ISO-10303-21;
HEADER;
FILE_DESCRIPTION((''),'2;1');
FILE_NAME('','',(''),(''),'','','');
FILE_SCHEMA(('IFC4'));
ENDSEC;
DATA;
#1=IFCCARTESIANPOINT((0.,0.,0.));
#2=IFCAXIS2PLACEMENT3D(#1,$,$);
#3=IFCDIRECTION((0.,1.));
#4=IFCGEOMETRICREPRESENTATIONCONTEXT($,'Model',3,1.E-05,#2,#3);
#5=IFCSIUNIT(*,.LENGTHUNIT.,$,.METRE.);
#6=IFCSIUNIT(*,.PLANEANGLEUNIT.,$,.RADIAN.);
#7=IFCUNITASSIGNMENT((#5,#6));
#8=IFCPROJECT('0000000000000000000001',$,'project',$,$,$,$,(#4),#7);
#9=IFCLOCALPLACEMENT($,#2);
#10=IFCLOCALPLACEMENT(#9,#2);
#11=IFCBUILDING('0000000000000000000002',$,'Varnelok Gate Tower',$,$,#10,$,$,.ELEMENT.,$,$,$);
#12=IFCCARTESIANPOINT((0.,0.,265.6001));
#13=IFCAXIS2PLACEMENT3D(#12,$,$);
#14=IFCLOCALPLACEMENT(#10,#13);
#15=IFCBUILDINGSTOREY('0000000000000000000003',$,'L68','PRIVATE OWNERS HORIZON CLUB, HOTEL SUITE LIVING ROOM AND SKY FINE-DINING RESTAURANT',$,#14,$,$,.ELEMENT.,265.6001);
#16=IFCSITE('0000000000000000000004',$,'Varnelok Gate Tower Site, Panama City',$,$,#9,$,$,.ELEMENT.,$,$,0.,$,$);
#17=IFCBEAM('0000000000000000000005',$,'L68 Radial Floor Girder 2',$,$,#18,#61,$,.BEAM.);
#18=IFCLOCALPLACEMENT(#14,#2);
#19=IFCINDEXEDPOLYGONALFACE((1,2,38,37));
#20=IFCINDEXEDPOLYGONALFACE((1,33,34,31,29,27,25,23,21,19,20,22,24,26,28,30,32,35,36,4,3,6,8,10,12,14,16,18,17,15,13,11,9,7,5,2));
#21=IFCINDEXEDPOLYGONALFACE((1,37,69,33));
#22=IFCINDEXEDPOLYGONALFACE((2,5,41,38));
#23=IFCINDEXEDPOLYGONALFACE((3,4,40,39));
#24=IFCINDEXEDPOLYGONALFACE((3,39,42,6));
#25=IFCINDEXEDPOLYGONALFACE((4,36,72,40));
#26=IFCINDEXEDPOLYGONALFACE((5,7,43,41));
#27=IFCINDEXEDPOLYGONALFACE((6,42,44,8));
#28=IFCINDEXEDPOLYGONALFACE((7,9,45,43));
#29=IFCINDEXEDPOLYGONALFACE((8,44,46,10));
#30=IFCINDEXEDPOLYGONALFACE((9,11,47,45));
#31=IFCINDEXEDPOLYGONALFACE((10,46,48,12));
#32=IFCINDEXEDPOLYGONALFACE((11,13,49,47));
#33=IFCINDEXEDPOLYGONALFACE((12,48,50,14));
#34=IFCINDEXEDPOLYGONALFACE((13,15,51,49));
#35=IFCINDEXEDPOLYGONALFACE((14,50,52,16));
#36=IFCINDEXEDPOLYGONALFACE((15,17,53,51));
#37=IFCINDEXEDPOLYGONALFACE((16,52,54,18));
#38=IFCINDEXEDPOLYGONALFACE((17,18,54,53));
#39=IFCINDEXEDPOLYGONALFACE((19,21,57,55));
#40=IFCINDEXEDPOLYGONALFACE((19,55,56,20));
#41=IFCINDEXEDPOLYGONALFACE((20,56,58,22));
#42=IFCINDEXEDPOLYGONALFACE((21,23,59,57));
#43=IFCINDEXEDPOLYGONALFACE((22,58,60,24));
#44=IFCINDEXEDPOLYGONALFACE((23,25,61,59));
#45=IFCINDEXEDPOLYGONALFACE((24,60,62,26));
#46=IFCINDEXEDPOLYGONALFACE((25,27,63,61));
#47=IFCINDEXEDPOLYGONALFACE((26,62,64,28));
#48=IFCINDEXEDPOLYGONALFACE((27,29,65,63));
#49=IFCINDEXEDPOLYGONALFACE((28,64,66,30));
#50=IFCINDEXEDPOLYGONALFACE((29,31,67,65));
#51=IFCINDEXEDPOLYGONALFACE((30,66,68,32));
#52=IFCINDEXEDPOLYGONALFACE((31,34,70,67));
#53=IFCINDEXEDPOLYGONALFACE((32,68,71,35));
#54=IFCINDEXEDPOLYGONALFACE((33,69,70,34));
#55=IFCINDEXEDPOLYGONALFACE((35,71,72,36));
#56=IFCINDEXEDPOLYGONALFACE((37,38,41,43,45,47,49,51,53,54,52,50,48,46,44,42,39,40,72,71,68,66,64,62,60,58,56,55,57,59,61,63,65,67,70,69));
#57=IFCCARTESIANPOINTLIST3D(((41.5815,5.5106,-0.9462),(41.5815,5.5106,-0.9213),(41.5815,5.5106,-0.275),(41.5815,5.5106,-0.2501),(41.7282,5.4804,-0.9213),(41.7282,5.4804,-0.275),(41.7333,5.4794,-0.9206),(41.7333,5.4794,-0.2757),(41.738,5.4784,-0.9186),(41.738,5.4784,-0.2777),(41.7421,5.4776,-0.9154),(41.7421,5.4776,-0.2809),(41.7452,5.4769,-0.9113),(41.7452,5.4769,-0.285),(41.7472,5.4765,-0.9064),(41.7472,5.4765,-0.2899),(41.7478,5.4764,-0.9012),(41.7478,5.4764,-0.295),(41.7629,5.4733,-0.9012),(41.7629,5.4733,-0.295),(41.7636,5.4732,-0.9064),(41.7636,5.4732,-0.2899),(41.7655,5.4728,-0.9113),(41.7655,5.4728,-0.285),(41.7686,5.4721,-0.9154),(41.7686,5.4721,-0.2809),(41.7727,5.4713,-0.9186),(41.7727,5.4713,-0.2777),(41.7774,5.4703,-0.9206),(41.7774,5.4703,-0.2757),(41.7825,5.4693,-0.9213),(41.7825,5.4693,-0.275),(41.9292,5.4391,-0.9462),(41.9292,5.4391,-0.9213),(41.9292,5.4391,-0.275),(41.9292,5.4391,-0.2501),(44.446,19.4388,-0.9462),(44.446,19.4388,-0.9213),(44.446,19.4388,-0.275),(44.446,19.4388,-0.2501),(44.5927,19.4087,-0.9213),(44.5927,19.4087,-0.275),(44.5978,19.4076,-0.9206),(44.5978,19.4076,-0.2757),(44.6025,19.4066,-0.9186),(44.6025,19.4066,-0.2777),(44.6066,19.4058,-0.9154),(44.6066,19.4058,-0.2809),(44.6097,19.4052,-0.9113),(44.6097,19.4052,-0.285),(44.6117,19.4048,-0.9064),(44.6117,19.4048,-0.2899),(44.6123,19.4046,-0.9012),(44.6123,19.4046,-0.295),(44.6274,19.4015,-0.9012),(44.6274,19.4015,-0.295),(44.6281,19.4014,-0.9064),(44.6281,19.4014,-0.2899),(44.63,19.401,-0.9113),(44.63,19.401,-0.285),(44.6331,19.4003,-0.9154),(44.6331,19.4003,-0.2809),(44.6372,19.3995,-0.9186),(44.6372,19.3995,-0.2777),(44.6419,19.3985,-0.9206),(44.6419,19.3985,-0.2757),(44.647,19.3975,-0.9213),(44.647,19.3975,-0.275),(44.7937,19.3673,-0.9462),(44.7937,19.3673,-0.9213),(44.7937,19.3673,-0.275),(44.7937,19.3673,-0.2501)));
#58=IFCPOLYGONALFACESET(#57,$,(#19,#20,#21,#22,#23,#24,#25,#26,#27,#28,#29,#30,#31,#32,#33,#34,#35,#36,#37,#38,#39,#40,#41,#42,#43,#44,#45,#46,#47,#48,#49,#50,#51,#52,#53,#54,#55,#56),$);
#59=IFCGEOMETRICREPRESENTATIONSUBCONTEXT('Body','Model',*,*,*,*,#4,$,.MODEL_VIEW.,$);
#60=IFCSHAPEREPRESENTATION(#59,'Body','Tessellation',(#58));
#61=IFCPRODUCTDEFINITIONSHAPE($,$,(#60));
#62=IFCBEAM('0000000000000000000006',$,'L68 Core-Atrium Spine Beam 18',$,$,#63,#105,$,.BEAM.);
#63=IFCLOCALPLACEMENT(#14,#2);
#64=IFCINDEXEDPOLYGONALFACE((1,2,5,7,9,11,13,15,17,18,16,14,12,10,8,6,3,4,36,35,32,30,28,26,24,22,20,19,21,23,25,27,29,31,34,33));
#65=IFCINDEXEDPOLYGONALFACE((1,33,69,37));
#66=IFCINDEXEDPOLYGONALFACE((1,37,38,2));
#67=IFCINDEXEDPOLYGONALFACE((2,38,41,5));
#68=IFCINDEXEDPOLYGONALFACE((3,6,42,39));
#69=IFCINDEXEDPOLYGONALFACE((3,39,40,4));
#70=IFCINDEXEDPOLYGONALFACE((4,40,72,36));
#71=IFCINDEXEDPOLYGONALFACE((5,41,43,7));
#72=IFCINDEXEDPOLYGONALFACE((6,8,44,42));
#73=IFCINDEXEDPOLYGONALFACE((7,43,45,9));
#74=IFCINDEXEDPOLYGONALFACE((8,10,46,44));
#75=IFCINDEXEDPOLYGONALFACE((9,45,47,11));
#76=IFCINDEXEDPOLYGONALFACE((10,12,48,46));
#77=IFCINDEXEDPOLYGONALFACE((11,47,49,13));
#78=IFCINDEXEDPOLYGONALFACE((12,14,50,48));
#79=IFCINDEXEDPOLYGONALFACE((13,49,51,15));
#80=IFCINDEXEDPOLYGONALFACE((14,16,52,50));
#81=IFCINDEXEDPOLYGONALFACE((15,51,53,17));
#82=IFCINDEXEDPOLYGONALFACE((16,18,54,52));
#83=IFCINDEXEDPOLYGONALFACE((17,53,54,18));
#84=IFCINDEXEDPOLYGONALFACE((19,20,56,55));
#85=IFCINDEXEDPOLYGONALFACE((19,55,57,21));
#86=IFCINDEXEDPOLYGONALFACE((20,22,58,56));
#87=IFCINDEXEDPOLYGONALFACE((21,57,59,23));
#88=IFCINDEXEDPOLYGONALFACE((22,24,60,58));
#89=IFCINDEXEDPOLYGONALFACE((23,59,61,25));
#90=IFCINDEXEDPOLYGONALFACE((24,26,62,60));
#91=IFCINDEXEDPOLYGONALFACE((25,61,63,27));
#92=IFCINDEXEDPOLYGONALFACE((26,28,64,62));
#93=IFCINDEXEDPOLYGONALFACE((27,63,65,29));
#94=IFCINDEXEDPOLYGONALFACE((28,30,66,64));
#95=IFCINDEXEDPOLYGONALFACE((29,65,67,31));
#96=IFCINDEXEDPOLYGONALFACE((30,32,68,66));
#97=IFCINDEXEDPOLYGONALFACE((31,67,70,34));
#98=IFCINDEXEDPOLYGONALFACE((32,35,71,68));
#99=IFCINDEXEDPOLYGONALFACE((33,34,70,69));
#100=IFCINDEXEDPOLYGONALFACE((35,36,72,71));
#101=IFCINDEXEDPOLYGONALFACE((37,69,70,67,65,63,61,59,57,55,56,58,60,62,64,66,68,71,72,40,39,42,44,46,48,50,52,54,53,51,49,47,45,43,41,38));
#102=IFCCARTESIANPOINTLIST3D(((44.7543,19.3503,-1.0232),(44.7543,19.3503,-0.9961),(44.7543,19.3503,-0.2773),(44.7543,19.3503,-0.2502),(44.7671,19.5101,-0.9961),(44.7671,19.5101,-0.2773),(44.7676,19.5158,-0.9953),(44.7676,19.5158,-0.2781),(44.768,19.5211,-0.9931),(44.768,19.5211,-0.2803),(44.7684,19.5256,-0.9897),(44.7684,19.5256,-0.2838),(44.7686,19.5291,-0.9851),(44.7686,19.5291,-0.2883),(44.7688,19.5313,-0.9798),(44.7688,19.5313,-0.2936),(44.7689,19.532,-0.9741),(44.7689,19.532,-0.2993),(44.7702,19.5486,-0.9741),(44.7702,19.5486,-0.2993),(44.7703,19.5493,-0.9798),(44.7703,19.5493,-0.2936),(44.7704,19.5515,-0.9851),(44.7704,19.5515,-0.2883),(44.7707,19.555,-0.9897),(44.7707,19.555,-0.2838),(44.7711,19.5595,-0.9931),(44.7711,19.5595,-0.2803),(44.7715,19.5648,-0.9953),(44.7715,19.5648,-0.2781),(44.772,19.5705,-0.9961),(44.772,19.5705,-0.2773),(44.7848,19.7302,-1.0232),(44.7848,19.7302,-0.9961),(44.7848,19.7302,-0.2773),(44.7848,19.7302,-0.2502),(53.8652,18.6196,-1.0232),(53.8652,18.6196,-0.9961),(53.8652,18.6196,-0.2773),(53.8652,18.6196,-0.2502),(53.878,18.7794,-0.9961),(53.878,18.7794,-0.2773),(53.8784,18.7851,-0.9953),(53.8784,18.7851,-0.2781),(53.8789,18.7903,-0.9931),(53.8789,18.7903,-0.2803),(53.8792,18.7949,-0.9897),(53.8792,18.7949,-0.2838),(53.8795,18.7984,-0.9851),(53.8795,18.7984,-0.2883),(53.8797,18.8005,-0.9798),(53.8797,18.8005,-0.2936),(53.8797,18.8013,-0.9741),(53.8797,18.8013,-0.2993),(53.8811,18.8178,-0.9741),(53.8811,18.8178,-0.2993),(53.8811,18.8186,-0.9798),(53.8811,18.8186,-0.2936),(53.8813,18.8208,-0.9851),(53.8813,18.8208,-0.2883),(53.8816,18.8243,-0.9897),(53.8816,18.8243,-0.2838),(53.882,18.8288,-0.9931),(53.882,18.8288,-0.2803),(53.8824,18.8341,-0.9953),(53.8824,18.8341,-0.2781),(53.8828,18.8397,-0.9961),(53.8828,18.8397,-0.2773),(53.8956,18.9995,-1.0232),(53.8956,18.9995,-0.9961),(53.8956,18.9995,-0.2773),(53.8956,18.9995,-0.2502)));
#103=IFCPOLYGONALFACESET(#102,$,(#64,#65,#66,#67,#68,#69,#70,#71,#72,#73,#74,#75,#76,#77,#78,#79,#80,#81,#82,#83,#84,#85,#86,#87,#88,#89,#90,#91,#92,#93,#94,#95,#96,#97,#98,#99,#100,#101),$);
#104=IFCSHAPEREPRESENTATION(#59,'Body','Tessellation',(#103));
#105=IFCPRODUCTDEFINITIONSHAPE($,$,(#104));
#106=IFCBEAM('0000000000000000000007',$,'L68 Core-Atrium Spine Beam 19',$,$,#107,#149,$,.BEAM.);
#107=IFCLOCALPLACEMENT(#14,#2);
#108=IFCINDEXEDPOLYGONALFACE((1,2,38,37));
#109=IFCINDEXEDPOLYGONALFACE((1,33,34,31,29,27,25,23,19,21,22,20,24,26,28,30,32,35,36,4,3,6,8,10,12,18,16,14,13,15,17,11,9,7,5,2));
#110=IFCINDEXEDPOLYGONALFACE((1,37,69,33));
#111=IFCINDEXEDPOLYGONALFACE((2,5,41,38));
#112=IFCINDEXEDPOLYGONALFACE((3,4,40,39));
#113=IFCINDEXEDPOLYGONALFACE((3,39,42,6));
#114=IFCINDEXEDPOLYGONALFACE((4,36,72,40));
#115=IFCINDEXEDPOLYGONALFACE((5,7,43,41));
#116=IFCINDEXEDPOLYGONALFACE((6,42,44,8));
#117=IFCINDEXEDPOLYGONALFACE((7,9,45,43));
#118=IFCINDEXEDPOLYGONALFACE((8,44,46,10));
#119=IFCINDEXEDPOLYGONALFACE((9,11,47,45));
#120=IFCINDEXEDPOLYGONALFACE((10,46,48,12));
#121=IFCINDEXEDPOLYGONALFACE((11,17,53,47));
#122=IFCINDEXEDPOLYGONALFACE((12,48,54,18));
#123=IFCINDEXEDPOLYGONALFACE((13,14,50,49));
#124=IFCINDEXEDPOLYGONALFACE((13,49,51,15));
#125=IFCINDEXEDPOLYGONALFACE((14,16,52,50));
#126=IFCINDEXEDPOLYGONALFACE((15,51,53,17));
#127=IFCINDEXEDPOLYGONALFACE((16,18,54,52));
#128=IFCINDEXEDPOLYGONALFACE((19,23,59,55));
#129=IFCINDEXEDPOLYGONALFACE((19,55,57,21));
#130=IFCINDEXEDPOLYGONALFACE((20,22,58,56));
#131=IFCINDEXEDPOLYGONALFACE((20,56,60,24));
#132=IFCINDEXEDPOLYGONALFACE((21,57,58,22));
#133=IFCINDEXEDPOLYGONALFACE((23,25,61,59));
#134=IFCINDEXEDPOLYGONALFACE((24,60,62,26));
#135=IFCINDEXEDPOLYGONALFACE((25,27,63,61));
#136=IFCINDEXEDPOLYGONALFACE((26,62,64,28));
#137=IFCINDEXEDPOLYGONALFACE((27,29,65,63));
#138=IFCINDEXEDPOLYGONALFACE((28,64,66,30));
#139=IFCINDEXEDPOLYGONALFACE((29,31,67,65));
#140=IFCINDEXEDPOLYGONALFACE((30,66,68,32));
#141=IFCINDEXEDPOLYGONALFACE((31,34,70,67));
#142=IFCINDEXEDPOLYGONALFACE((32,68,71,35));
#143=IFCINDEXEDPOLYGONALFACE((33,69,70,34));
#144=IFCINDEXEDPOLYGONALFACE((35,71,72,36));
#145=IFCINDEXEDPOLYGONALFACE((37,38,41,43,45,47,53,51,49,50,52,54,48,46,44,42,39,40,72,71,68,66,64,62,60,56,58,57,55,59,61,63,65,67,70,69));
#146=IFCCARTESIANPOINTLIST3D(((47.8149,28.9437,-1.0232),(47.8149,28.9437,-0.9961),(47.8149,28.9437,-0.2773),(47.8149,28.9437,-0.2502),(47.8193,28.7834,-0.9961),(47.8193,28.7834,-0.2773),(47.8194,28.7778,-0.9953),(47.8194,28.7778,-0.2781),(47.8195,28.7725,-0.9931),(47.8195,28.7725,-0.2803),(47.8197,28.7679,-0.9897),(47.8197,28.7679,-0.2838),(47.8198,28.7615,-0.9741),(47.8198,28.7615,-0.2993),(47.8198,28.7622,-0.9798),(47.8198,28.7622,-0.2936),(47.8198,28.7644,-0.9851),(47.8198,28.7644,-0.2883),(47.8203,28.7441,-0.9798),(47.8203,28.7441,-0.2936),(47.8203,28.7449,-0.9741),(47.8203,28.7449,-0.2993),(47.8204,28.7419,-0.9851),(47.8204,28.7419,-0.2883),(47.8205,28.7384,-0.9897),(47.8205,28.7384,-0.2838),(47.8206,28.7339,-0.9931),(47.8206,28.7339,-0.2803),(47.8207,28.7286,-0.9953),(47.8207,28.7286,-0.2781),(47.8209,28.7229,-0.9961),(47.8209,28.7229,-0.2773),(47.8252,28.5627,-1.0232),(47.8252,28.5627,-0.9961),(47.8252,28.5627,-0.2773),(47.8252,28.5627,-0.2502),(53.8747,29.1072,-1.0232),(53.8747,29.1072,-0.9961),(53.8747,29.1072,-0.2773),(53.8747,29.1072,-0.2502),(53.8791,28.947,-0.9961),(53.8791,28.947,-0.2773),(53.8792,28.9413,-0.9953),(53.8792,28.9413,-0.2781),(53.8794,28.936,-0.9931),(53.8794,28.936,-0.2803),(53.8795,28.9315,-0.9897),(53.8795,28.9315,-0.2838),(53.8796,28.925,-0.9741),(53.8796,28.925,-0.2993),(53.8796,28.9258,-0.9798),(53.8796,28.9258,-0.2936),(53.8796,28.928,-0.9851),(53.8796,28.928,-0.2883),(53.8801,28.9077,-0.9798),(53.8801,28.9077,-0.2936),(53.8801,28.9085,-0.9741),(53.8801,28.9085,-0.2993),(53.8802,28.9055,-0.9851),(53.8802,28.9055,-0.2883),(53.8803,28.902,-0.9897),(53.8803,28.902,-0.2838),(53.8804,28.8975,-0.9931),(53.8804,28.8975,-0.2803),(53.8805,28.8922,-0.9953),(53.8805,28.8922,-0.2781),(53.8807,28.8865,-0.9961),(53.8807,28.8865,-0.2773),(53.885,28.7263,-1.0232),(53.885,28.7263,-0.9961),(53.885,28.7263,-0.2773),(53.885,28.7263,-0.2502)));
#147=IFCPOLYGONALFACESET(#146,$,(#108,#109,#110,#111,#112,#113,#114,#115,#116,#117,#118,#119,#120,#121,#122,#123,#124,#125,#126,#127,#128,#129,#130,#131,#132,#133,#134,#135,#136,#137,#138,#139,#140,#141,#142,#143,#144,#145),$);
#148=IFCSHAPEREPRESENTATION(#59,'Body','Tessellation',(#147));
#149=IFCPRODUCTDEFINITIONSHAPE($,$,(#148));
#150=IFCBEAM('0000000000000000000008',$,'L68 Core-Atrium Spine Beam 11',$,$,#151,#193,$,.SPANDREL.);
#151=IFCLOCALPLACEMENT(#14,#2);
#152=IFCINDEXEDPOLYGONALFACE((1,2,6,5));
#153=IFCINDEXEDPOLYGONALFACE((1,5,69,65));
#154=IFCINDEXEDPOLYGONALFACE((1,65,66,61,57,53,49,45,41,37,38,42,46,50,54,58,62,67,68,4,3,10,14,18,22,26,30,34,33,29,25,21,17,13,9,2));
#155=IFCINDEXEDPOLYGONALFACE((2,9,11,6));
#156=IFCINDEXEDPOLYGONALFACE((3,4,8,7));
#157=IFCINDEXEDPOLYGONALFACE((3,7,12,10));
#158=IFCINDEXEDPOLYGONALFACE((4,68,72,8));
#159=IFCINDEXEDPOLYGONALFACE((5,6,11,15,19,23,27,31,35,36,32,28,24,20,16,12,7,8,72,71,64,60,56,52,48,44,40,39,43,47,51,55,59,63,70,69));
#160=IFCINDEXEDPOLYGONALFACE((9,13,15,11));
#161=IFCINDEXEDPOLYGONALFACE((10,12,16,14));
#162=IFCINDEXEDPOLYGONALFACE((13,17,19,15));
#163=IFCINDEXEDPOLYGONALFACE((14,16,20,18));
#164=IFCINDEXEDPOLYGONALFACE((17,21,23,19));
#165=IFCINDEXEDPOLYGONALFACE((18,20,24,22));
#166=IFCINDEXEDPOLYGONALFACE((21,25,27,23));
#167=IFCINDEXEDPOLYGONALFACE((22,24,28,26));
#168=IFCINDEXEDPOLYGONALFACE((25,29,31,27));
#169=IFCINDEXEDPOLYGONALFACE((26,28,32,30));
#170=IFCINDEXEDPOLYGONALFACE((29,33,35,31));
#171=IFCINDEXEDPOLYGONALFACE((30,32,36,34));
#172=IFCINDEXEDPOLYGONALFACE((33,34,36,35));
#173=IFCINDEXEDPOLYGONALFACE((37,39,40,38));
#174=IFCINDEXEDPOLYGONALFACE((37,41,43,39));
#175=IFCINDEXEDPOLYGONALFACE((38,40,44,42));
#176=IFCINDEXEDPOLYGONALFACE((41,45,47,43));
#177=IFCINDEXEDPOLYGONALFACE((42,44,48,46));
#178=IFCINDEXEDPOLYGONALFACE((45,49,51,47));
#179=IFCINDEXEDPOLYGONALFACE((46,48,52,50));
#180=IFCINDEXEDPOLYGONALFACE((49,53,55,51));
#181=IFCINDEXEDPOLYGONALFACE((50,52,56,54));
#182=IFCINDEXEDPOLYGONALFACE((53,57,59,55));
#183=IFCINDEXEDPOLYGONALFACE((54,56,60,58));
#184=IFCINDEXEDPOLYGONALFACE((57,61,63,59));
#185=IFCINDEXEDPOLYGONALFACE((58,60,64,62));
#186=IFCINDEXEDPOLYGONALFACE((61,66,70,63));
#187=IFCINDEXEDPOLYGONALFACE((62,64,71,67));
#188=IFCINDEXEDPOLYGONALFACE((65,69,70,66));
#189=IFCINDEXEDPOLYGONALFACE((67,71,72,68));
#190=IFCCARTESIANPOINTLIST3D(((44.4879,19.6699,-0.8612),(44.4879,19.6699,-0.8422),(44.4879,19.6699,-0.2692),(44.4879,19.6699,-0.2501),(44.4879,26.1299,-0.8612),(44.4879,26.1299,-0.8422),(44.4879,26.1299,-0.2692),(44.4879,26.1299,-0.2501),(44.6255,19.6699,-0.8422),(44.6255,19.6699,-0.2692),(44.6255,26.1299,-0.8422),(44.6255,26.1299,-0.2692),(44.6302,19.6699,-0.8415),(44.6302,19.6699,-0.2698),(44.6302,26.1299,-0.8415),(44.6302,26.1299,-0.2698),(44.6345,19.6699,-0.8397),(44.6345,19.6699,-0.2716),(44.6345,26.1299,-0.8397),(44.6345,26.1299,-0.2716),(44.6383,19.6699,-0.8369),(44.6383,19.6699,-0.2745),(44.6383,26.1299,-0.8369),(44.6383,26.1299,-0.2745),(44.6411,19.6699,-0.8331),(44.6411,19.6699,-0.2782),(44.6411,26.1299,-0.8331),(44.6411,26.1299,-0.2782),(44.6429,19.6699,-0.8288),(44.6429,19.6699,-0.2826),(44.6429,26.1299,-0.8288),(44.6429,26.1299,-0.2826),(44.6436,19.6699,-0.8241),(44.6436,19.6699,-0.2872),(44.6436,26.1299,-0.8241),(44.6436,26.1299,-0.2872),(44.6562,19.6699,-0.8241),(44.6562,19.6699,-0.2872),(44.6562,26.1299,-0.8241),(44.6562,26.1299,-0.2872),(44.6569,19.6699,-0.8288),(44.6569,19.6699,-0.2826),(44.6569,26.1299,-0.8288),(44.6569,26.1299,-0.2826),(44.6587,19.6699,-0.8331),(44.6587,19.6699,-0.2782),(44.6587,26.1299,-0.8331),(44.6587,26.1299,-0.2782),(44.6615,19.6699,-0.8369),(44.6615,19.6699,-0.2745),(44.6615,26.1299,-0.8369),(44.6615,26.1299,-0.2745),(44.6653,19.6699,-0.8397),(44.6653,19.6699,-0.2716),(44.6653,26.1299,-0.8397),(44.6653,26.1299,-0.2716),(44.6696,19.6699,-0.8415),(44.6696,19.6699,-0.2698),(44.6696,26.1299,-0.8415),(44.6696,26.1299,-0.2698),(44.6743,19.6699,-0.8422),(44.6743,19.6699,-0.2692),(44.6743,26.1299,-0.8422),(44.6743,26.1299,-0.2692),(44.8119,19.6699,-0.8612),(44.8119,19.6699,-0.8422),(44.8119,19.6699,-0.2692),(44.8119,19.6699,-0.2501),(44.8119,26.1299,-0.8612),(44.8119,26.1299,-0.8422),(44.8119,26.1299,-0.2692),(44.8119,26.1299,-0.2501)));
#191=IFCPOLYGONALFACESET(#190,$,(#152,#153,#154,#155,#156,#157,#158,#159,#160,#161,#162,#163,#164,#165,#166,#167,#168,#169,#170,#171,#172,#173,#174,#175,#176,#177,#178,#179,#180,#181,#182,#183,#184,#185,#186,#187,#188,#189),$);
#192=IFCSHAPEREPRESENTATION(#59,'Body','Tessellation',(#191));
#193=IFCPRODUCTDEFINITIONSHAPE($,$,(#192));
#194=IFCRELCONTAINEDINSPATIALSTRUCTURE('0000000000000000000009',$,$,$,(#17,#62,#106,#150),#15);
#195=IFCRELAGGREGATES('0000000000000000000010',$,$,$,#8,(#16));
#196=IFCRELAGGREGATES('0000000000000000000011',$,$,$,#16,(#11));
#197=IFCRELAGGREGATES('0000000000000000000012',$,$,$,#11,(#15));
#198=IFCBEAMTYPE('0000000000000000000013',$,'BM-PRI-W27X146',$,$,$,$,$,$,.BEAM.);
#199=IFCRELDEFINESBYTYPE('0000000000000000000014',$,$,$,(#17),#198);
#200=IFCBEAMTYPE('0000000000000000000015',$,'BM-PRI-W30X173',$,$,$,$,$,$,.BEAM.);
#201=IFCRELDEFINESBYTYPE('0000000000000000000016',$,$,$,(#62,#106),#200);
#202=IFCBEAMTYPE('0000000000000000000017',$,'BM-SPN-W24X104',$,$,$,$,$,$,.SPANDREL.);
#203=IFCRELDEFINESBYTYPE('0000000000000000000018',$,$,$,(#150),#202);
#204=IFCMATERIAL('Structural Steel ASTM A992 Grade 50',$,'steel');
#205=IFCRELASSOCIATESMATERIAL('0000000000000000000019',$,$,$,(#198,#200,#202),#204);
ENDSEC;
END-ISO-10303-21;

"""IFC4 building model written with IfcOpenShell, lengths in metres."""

from ifc_helpers import new_model, si_unit, direction, frame, origin, origin_2d, place, context, subcontext, project, spatial, i_section, extrude, material, material_profile, profile_set, type_object, element, save


model = new_model("IFC4")

# Units and contexts
model_context = context("Model", 3, precision=1e-05, world=origin(), true_north=direction((0.0, 1.0)))
body_context = subcontext(model_context, "Body", "Model", "MODEL_VIEW")
ifc_project = project(units=[si_unit("LENGTHUNIT", "METRE"), si_unit("PLANEANGLEUNIT", "RADIAN")], contexts=[model_context])

# Site, building, storey
site_placement = place(None, origin())
site = spatial("IfcSite", under=ifc_project, at=site_placement, Name="Varnelok Gate Tower Site, Panama City", CompositionType="ELEMENT", RefElevation=0.0)
building_placement = place(site_placement, origin())
building = spatial("IfcBuilding", under=site, at=building_placement, Name="Varnelok Gate Tower", CompositionType="ELEMENT")
storey_placement = place(building_placement, frame((0.0, 0.0, 265.6001)))
storey = spatial("IfcBuildingStorey", under=building, at=storey_placement, Name="L68", Description="PRIVATE OWNERS HORIZON CLUB, HOTEL SUITE LIVING ROOM AND SKY FINE-DINING RESTAURANT", CompositionType="ELEMENT", Elevation=265.6001)

# Shared definitions
ifc_material_1 = material(Name="Structural Steel ASTM A992 Grade 50", Category="steel")

# Beams
ifc_material_profile_1 = material_profile(ifc_material_1, i_section(OverallWidth=0.355, OverallDepth=0.696, WebThickness=0.0154, FlangeThickness=0.0249, FilletRadius=0.02, at=origin_2d()), Name="W27X146")
ifc_profile_set_1 = profile_set([ifc_material_profile_1], Name="Structural Steel ASTM A992 Grade 50")
beam_type_1 = type_object("IfcBeamType", Name="BM-PRI-W27X146", PredefinedType="BEAM", material=ifc_profile_set_1)
beam_1_placement = place(storey_placement, frame((44.6199, 19.4031, -0.5981), z_axis=(-0.201446, -0.9795, 0.0), x_axis=(0.9795, -0.201446, 0.0)))
element("IfcBeam", 1, at=beam_1_placement, inside=storey, type_object=beam_type_1, Name="L68 Radial Floor Girder 2", PredefinedType="BEAM", context=body_context, shape_type="SweptSolid", body=[
    extrude(i_section(OverallWidth=0.355, OverallDepth=0.696, WebThickness=0.0154, FlangeThickness=0.0249, FilletRadius=0.02, at=origin_2d()), origin(), (0.0, 0.0, 1.0), 14.2197),
])
ifc_material_profile_2 = material_profile(ifc_material_1, i_section(OverallWidth=0.3811, OverallDepth=0.7729, WebThickness=0.0166, FlangeThickness=0.0271, FilletRadius=0.022, at=origin_2d()), Name="W30X173")
ifc_profile_set_2 = profile_set([ifc_material_profile_2], Name="Structural Steel ASTM A992 Grade 50")
beam_type_2 = type_object("IfcBeamType", Name="BM-PRI-W30X173", PredefinedType="BEAM", material=ifc_profile_set_2)
beam_2_placement = place(storey_placement, frame((44.7695, 19.5403, -0.6367), z_axis=(0.996799, -0.079946, 0.0), x_axis=(0.079946, 0.996799, 0.0)))
element("IfcBeam", 2, at=beam_2_placement, inside=storey, type_object=beam_type_2, Name="L68 Core-Atrium Spine Beam 18", PredefinedType="BEAM", context=body_context, shape_type="SweptSolid", body=[
    extrude(i_section(OverallWidth=0.3811, OverallDepth=0.7729, WebThickness=0.0166, FlangeThickness=0.0271, FilletRadius=0.022, at=origin_2d()), origin(), (0.0, 0.0, 1.0), 9.1401),
])
beam_3_placement = place(storey_placement, frame((47.8201, 28.7532, -0.6367), z_axis=(0.999636, 0.026983, 0.0), x_axis=(-0.026983, 0.999636, 0.0)))
element("IfcBeam", 3, at=beam_3_placement, inside=storey, type_object=beam_type_2, Name="L68 Core-Atrium Spine Beam 19", PredefinedType="BEAM", context=body_context, shape_type="SweptSolid", body=[
    extrude(i_section(OverallWidth=0.3811, OverallDepth=0.7729, WebThickness=0.0166, FlangeThickness=0.0271, FilletRadius=0.022, at=origin_2d()), origin(), (0.0, 0.0, 1.0), 6.062),
])
ifc_material_profile_3 = material_profile(ifc_material_1, i_section(OverallWidth=0.324, OverallDepth=0.6111, WebThickness=0.0127, FlangeThickness=0.019, FilletRadius=0.0181, at=origin_2d()), Name="W24X104")
ifc_profile_set_3 = profile_set([ifc_material_profile_3], Name="Structural Steel ASTM A992 Grade 50")
beam_type_3 = type_object("IfcBeamType", Name="BM-SPN-W24X104", PredefinedType="SPANDREL", material=ifc_profile_set_3)
beam_4_placement = place(storey_placement, frame((44.6499, 19.6699, -0.5557), z_axis=(0.0, 1.0, 0.0), x_axis=(-1.0, 0.0, 0.0)))
element("IfcBeam", 4, at=beam_4_placement, inside=storey, type_object=beam_type_3, Name="L68 Core-Atrium Spine Beam 11", PredefinedType="SPANDREL", context=body_context, shape_type="SweptSolid", body=[
    extrude(i_section(OverallWidth=0.324, OverallDepth=0.6111, WebThickness=0.0127, FlangeThickness=0.019, FilletRadius=0.0181, at=origin_2d()), origin(), (0.0, 0.0, 1.0), 6.46),
])

save(model, "model.ifc")
